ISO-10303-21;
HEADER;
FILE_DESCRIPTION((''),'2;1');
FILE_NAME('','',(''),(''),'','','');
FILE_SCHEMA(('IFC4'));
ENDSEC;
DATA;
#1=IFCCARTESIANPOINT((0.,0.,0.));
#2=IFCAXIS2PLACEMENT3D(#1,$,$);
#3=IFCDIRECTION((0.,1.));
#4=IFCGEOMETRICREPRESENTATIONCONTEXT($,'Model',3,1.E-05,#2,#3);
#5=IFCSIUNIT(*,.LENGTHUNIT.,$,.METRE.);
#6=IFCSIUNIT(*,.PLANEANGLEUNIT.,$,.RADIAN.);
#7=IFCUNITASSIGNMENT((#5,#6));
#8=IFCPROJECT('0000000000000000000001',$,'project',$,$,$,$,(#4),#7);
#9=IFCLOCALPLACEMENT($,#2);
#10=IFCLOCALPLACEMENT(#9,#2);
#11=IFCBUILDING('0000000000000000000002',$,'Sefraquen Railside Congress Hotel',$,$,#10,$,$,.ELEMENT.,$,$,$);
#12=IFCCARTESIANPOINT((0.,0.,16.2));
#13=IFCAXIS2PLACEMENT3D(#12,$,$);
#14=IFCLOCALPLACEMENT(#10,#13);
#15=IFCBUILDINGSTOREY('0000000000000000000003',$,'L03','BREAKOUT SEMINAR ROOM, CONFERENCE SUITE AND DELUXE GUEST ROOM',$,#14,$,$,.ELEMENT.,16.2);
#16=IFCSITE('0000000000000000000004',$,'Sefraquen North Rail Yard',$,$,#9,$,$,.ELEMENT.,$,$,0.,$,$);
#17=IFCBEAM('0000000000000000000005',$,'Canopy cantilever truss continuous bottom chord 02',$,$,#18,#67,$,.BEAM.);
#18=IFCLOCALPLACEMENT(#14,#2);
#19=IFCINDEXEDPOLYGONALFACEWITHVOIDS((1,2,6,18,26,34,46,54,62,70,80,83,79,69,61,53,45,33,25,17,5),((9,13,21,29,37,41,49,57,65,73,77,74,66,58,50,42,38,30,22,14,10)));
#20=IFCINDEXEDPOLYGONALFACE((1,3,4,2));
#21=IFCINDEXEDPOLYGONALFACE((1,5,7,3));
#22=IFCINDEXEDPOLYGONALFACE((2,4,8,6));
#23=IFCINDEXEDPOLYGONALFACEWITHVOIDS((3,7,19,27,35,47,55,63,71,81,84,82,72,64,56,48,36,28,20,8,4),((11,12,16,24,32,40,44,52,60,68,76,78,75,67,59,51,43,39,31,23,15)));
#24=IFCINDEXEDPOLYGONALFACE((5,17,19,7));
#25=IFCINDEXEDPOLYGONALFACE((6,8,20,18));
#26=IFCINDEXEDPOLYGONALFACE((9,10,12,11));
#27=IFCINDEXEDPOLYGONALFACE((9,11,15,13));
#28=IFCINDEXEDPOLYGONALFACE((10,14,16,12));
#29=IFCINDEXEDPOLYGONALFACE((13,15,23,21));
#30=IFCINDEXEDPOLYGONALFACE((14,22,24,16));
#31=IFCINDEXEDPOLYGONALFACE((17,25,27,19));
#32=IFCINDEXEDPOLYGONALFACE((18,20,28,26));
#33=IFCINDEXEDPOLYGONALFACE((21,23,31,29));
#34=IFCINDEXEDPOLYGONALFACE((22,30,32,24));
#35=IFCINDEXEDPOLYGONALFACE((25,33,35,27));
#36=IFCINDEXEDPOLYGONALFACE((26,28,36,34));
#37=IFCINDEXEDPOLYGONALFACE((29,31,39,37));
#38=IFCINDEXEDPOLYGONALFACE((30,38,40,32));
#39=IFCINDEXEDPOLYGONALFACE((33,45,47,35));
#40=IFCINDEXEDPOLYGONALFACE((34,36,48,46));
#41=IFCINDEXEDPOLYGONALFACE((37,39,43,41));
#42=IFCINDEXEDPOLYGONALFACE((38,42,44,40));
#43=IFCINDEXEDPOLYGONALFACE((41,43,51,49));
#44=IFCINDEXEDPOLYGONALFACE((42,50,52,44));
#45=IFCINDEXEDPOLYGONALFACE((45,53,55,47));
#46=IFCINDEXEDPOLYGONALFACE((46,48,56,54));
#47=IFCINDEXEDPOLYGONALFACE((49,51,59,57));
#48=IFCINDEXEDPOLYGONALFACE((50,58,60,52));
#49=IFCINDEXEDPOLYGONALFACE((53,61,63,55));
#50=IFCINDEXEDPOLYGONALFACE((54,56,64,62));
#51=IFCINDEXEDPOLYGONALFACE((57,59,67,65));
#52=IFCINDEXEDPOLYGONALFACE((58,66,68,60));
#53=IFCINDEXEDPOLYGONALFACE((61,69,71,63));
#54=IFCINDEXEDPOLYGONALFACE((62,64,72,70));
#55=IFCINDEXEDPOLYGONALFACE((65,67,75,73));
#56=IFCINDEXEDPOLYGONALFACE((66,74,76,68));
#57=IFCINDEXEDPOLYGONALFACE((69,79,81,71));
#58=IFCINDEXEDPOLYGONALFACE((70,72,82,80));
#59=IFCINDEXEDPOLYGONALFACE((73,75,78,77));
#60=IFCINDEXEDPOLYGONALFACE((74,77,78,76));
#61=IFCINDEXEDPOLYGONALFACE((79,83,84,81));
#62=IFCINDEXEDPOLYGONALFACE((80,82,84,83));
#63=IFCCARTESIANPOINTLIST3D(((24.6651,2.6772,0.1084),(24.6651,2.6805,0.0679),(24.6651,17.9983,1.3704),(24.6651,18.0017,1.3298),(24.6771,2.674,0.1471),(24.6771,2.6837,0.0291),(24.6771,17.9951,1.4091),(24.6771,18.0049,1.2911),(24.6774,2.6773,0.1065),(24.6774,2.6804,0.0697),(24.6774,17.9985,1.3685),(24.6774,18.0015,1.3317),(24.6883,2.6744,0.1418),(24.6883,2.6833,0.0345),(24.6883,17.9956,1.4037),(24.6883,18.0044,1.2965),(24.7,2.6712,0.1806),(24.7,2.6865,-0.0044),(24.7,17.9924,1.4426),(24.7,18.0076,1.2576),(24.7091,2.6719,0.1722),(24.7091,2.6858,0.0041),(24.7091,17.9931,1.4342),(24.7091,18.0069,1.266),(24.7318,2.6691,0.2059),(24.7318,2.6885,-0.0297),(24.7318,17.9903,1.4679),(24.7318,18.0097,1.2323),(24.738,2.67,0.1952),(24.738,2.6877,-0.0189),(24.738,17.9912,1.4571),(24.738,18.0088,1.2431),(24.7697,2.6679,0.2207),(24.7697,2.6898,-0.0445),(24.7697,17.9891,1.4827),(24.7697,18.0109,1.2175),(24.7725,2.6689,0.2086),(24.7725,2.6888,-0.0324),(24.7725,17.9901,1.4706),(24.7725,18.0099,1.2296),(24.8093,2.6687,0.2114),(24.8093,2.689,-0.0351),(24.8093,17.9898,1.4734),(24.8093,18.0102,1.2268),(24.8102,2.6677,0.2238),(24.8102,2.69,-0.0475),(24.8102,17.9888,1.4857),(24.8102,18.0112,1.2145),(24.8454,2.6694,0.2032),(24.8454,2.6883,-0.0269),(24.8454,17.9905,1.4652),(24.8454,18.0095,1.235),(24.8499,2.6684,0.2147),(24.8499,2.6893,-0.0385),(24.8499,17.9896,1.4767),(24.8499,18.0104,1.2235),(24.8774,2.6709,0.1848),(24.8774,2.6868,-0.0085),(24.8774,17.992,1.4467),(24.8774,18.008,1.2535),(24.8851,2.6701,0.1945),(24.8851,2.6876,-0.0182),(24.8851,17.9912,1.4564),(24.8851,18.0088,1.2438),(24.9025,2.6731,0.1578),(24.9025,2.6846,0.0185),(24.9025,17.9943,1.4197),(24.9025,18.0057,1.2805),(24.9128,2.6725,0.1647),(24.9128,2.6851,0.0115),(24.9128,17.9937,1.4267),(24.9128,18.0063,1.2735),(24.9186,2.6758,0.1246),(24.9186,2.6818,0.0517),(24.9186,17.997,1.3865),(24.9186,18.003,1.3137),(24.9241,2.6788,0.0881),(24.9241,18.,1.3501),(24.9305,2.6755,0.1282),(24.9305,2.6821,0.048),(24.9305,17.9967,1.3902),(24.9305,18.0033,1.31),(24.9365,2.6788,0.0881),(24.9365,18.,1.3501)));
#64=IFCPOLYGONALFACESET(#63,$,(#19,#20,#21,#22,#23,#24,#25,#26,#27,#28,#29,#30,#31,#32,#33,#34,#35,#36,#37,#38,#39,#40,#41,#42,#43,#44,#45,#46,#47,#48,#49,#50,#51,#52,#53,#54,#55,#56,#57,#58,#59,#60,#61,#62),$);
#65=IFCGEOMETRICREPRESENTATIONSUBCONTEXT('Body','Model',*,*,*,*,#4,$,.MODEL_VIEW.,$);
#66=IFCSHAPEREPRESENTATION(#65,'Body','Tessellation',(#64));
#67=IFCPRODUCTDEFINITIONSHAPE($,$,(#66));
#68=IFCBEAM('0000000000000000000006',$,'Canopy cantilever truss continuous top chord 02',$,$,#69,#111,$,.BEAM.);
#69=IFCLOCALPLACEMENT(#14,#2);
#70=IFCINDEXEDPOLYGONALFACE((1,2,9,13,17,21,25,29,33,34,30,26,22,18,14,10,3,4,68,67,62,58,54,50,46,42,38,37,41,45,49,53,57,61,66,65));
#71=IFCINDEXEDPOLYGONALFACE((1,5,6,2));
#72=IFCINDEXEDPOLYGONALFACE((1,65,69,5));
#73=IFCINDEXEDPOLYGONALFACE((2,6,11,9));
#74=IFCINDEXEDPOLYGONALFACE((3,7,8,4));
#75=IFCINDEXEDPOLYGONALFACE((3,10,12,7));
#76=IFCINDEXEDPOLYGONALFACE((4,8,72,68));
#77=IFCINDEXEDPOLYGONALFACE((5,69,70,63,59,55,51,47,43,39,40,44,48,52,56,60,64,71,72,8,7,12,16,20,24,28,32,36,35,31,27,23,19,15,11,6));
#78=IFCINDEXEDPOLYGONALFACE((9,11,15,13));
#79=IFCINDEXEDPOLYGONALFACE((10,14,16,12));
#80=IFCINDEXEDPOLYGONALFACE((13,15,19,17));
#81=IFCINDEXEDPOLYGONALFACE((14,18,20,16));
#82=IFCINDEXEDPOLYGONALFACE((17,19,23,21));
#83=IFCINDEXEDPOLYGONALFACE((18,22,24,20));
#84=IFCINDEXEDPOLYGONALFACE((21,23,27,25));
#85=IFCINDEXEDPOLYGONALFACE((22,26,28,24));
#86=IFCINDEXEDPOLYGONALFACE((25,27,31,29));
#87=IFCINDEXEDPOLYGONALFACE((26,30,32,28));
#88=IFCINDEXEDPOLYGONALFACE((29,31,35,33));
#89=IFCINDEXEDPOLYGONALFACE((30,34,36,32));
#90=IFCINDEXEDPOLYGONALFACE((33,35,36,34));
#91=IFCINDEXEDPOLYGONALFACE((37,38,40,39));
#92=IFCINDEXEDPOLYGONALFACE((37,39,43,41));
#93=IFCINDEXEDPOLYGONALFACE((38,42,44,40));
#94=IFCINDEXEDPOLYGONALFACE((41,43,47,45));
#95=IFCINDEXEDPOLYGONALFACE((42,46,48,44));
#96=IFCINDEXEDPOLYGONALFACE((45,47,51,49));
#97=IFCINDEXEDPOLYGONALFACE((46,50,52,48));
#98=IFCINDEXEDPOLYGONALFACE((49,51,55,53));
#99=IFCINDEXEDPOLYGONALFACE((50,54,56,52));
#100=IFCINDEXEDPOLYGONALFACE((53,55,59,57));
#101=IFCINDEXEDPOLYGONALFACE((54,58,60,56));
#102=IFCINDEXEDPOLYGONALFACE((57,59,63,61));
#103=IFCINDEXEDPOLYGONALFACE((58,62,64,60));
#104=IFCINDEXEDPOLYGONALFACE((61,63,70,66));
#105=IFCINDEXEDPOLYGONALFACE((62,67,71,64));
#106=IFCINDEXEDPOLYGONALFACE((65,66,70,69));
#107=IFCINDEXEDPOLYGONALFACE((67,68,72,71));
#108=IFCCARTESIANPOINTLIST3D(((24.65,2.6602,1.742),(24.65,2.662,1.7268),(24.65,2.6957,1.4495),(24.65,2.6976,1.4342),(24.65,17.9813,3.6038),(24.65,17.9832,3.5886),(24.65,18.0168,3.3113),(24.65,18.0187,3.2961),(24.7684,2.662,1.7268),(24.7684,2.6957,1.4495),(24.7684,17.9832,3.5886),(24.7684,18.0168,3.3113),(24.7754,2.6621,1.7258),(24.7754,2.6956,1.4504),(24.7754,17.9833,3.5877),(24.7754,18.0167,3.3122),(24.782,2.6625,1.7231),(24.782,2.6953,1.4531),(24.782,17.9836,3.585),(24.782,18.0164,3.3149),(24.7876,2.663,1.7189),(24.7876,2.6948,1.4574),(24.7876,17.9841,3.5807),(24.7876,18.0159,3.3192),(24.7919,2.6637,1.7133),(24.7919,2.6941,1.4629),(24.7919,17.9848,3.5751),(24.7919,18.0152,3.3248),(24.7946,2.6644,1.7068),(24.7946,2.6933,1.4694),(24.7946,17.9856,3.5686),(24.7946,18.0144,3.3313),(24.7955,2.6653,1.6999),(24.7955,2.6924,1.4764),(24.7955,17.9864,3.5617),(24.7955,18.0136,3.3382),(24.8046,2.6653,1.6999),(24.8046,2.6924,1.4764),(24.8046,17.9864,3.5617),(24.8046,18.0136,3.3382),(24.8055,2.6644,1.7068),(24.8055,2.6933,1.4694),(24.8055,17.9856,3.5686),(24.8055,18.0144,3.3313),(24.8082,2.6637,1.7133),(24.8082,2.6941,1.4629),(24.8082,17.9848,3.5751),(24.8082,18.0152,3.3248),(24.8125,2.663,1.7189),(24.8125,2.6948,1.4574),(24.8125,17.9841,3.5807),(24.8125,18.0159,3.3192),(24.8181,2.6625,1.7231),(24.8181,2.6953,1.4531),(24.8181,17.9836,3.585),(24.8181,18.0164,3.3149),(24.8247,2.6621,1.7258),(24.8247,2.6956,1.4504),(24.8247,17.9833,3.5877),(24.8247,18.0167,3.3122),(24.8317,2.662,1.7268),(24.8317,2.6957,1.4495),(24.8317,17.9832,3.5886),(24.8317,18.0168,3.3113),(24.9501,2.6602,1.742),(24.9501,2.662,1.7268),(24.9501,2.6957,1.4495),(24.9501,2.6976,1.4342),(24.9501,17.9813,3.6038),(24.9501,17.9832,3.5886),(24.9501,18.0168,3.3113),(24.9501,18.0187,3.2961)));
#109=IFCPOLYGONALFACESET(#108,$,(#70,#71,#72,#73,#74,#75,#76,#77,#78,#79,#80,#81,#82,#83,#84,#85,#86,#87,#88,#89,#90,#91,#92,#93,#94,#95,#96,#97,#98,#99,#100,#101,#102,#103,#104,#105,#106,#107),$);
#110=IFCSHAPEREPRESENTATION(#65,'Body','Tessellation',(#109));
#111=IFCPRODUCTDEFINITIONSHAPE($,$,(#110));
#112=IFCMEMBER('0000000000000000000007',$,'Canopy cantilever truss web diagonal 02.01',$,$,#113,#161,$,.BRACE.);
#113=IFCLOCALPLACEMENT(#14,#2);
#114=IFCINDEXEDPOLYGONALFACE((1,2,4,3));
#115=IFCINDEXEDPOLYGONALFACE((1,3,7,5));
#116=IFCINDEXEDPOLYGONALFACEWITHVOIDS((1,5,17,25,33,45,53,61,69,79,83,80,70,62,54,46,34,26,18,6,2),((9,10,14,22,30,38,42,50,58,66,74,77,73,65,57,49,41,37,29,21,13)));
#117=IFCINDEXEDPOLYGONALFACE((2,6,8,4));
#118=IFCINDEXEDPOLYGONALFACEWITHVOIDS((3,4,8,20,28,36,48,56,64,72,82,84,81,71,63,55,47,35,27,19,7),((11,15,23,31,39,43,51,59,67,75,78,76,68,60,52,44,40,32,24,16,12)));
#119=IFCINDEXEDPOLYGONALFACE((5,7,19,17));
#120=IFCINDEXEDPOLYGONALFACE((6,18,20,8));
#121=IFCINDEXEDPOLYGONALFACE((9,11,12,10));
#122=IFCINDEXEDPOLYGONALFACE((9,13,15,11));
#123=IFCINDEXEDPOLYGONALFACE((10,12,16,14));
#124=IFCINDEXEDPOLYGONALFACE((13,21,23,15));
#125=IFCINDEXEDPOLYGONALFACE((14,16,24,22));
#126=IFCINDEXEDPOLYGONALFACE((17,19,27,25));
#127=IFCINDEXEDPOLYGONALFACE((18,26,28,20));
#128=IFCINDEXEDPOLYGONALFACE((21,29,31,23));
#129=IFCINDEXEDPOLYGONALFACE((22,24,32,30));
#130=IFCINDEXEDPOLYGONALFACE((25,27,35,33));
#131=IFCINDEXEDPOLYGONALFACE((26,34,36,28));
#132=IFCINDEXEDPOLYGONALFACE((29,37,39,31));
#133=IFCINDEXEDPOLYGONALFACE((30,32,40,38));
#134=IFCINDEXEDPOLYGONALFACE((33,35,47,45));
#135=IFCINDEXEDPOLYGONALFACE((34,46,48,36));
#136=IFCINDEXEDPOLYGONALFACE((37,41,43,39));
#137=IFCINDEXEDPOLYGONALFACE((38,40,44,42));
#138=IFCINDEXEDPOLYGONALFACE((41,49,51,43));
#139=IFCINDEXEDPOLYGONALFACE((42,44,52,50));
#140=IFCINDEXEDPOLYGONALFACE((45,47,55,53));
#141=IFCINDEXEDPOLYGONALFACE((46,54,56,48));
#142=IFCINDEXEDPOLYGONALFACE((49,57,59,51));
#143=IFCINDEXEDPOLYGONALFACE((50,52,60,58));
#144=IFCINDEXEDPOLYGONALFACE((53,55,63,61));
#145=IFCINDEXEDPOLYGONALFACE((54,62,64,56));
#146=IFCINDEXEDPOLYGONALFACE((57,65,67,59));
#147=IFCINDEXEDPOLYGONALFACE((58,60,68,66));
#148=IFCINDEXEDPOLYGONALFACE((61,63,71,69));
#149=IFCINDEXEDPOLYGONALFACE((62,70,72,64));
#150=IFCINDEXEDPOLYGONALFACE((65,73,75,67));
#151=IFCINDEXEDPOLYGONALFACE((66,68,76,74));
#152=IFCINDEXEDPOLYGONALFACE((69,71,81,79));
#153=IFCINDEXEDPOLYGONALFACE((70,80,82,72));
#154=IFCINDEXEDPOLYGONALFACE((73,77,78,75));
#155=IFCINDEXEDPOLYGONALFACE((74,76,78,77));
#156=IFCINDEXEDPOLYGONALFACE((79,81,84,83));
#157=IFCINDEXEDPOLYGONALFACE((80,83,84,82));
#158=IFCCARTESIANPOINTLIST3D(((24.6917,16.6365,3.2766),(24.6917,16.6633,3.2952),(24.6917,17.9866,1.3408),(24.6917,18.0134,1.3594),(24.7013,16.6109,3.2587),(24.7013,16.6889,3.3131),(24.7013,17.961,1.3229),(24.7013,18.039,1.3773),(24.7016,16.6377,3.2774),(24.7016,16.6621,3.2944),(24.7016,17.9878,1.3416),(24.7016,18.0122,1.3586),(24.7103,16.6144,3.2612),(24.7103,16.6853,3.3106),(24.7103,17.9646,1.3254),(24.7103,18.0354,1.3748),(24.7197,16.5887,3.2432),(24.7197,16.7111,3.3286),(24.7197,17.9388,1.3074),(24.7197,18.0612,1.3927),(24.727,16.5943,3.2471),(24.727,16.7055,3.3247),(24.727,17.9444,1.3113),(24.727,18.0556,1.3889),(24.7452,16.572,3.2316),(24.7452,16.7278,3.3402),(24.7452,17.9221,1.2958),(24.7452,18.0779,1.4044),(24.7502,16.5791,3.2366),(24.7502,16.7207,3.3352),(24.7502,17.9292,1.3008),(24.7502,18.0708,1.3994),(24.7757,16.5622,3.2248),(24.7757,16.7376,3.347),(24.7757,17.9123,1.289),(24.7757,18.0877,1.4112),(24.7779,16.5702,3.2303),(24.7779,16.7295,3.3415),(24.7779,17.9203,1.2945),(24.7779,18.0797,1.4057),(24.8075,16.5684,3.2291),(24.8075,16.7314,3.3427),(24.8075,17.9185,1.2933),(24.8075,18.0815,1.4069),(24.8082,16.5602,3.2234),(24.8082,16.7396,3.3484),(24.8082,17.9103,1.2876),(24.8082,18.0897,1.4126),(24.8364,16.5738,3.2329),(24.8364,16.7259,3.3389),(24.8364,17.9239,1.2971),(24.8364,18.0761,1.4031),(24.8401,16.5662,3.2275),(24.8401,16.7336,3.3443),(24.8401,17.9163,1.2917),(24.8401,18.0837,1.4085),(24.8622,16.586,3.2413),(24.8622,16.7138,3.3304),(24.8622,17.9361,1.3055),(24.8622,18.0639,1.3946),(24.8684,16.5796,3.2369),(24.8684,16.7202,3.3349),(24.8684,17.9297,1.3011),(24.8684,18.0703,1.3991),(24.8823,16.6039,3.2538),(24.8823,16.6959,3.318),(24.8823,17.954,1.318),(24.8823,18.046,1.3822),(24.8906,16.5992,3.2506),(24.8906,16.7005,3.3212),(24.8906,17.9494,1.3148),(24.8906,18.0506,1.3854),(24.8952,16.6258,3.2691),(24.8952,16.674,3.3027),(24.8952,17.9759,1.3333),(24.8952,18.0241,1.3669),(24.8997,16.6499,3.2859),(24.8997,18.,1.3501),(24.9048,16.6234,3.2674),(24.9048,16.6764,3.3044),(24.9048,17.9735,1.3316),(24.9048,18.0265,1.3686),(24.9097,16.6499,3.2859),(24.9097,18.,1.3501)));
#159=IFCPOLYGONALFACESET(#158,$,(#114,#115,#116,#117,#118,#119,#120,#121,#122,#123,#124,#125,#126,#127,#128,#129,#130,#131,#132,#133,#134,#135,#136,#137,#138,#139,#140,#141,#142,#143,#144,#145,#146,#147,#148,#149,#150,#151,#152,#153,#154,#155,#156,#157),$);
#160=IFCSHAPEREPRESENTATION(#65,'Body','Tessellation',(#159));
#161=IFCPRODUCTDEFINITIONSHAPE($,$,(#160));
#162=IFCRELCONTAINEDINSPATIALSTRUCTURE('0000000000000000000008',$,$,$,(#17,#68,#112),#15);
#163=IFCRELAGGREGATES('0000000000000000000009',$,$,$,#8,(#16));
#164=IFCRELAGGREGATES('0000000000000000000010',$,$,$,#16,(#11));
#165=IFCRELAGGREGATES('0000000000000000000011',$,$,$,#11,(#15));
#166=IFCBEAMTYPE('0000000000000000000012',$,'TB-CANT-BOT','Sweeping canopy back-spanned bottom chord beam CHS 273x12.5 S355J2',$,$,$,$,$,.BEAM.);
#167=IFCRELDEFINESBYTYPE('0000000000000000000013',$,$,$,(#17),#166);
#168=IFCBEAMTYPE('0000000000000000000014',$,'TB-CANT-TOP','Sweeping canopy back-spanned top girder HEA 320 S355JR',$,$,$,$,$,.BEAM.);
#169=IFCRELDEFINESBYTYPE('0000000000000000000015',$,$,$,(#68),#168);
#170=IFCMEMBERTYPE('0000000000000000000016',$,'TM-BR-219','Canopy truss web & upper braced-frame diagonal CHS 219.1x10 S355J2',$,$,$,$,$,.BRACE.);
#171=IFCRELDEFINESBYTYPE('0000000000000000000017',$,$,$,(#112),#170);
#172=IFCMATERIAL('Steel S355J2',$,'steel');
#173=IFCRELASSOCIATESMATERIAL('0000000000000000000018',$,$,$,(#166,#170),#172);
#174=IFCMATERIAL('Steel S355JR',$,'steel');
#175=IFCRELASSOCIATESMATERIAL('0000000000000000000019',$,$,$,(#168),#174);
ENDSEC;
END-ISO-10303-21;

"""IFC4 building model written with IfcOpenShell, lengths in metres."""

from ifc_helpers import new_model, si_unit, direction, frame, origin, origin_2d, place, context, subcontext, project, spatial, hollow_circle, i_section, extrude, material, material_profile, profile_set, type_object, element, save


model = new_model("IFC4")

# Units and contexts
model_context = context("Model", 3, precision=1e-05, world=origin(), true_north=direction((0.0, 1.0)))
body_context = subcontext(model_context, "Body", "Model", "MODEL_VIEW")
ifc_project = project(units=[si_unit("LENGTHUNIT", "METRE"), si_unit("PLANEANGLEUNIT", "RADIAN")], contexts=[model_context])

# Site, building, storey
site_placement = place(None, origin())
site = spatial("IfcSite", under=ifc_project, at=site_placement, Name="Sefraquen North Rail Yard", CompositionType="ELEMENT", RefElevation=0.0)
building_placement = place(site_placement, origin())
building = spatial("IfcBuilding", under=site, at=building_placement, Name="Sefraquen Railside Congress Hotel", CompositionType="ELEMENT")
storey_placement = place(building_placement, frame((0.0, 0.0, 16.2)))
storey = spatial("IfcBuildingStorey", under=building, at=storey_placement, Name="L03", Description="BREAKOUT SEMINAR ROOM, CONFERENCE SUITE AND DELUXE GUEST ROOM", CompositionType="ELEMENT", Elevation=16.2)

# Beams
ifc_material_1 = material(Name="Steel S355J2", Category="steel")
ifc_material_profile_1 = material_profile(ifc_material_1, hollow_circle(Radius=0.1365, WallThickness=0.0125, at=origin_2d()), Name="CHS 273x12.5")
ifc_profile_set_1 = profile_set([ifc_material_profile_1], Name="Steel S355J2")
beam_type_1 = type_object("IfcBeamType", Name="TB-CANT-BOT", Description="Sweeping canopy back-spanned bottom chord beam CHS 273x12.5 S355J2", PredefinedType="BEAM", material=ifc_profile_set_1)
beam_1_placement = place(storey_placement, frame((24.8, 18.0, 1.3501), z_axis=(0.0, -0.996625, -0.08209), x_axis=(1.0, 0.0, 0.0)))
element("IfcBeam", 1, at=beam_1_placement, inside=storey, type_object=beam_type_1, Name="Canopy cantilever truss continuous bottom chord 02", PredefinedType="BEAM", context=body_context, shape_type="SweptSolid", body=[
    extrude(hollow_circle(Radius=0.1365, WallThickness=0.0125, at=origin_2d()), origin(), (0.0, 0.0, 1.0), 15.373),
])
ifc_material_2 = material(Name="Steel S355JR", Category="steel")
ifc_material_profile_2 = material_profile(ifc_material_2, i_section(OverallWidth=0.3, OverallDepth=0.3101, WebThickness=0.009, FlangeThickness=0.0154, FilletRadius=0.0271, at=origin_2d()), Name="HEA 320")
ifc_profile_set_2 = profile_set([ifc_material_profile_2], Name="Steel S355JR")
beam_type_2 = type_object("IfcBeamType", Name="TB-CANT-TOP", Description="Sweeping canopy back-spanned top girder HEA 320 S355JR", PredefinedType="BEAM", material=ifc_profile_set_2)
beam_2_placement = place(storey_placement, frame((24.8, 18.0, 3.45), z_axis=(0.0, -0.992697, -0.120633), x_axis=(1.0, 0.0, 0.0)))
element("IfcBeam", 2, at=beam_2_placement, inside=storey, type_object=beam_type_2, Name="Canopy cantilever truss continuous top chord 02", PredefinedType="BEAM", context=body_context, shape_type="SweptSolid", body=[
    extrude(i_section(OverallWidth=0.3, OverallDepth=0.3101, WebThickness=0.009, FlangeThickness=0.0154, FilletRadius=0.0271, at=origin_2d()), origin(), (0.0, 0.0, 1.0), 15.4338),
])

# Member
ifc_material_profile_3 = material_profile(ifc_material_1, hollow_circle(Radius=0.1096, WallThickness=0.01, at=origin_2d()), Name="CHS 219.1x10")
ifc_profile_set_3 = profile_set([ifc_material_profile_3], Name="Steel S355J2")
member_type_1 = type_object("IfcMemberType", Name="TM-BR-219", Description="Canopy truss web & upper braced-frame diagonal CHS 219.1x10 S355J2", PredefinedType="BRACE", material=ifc_profile_set_3)
member_1_placement = place(storey_placement, frame((24.8, 18.0, 1.3501), z_axis=(0.0, -0.572052, 0.820217), x_axis=(1.0, 0.0, 0.0)))
element("IfcMember", 3, at=member_1_placement, inside=storey, type_object=member_type_1, Name="Canopy cantilever truss web diagonal 02.01", PredefinedType="BRACE", context=body_context, shape_type="SweptSolid", body=[
    extrude(hollow_circle(Radius=0.1096, WallThickness=0.01, at=origin_2d()), origin(), (0.0, 0.0, 1.0), 2.3601),
])

save(model, "model.ifc")
